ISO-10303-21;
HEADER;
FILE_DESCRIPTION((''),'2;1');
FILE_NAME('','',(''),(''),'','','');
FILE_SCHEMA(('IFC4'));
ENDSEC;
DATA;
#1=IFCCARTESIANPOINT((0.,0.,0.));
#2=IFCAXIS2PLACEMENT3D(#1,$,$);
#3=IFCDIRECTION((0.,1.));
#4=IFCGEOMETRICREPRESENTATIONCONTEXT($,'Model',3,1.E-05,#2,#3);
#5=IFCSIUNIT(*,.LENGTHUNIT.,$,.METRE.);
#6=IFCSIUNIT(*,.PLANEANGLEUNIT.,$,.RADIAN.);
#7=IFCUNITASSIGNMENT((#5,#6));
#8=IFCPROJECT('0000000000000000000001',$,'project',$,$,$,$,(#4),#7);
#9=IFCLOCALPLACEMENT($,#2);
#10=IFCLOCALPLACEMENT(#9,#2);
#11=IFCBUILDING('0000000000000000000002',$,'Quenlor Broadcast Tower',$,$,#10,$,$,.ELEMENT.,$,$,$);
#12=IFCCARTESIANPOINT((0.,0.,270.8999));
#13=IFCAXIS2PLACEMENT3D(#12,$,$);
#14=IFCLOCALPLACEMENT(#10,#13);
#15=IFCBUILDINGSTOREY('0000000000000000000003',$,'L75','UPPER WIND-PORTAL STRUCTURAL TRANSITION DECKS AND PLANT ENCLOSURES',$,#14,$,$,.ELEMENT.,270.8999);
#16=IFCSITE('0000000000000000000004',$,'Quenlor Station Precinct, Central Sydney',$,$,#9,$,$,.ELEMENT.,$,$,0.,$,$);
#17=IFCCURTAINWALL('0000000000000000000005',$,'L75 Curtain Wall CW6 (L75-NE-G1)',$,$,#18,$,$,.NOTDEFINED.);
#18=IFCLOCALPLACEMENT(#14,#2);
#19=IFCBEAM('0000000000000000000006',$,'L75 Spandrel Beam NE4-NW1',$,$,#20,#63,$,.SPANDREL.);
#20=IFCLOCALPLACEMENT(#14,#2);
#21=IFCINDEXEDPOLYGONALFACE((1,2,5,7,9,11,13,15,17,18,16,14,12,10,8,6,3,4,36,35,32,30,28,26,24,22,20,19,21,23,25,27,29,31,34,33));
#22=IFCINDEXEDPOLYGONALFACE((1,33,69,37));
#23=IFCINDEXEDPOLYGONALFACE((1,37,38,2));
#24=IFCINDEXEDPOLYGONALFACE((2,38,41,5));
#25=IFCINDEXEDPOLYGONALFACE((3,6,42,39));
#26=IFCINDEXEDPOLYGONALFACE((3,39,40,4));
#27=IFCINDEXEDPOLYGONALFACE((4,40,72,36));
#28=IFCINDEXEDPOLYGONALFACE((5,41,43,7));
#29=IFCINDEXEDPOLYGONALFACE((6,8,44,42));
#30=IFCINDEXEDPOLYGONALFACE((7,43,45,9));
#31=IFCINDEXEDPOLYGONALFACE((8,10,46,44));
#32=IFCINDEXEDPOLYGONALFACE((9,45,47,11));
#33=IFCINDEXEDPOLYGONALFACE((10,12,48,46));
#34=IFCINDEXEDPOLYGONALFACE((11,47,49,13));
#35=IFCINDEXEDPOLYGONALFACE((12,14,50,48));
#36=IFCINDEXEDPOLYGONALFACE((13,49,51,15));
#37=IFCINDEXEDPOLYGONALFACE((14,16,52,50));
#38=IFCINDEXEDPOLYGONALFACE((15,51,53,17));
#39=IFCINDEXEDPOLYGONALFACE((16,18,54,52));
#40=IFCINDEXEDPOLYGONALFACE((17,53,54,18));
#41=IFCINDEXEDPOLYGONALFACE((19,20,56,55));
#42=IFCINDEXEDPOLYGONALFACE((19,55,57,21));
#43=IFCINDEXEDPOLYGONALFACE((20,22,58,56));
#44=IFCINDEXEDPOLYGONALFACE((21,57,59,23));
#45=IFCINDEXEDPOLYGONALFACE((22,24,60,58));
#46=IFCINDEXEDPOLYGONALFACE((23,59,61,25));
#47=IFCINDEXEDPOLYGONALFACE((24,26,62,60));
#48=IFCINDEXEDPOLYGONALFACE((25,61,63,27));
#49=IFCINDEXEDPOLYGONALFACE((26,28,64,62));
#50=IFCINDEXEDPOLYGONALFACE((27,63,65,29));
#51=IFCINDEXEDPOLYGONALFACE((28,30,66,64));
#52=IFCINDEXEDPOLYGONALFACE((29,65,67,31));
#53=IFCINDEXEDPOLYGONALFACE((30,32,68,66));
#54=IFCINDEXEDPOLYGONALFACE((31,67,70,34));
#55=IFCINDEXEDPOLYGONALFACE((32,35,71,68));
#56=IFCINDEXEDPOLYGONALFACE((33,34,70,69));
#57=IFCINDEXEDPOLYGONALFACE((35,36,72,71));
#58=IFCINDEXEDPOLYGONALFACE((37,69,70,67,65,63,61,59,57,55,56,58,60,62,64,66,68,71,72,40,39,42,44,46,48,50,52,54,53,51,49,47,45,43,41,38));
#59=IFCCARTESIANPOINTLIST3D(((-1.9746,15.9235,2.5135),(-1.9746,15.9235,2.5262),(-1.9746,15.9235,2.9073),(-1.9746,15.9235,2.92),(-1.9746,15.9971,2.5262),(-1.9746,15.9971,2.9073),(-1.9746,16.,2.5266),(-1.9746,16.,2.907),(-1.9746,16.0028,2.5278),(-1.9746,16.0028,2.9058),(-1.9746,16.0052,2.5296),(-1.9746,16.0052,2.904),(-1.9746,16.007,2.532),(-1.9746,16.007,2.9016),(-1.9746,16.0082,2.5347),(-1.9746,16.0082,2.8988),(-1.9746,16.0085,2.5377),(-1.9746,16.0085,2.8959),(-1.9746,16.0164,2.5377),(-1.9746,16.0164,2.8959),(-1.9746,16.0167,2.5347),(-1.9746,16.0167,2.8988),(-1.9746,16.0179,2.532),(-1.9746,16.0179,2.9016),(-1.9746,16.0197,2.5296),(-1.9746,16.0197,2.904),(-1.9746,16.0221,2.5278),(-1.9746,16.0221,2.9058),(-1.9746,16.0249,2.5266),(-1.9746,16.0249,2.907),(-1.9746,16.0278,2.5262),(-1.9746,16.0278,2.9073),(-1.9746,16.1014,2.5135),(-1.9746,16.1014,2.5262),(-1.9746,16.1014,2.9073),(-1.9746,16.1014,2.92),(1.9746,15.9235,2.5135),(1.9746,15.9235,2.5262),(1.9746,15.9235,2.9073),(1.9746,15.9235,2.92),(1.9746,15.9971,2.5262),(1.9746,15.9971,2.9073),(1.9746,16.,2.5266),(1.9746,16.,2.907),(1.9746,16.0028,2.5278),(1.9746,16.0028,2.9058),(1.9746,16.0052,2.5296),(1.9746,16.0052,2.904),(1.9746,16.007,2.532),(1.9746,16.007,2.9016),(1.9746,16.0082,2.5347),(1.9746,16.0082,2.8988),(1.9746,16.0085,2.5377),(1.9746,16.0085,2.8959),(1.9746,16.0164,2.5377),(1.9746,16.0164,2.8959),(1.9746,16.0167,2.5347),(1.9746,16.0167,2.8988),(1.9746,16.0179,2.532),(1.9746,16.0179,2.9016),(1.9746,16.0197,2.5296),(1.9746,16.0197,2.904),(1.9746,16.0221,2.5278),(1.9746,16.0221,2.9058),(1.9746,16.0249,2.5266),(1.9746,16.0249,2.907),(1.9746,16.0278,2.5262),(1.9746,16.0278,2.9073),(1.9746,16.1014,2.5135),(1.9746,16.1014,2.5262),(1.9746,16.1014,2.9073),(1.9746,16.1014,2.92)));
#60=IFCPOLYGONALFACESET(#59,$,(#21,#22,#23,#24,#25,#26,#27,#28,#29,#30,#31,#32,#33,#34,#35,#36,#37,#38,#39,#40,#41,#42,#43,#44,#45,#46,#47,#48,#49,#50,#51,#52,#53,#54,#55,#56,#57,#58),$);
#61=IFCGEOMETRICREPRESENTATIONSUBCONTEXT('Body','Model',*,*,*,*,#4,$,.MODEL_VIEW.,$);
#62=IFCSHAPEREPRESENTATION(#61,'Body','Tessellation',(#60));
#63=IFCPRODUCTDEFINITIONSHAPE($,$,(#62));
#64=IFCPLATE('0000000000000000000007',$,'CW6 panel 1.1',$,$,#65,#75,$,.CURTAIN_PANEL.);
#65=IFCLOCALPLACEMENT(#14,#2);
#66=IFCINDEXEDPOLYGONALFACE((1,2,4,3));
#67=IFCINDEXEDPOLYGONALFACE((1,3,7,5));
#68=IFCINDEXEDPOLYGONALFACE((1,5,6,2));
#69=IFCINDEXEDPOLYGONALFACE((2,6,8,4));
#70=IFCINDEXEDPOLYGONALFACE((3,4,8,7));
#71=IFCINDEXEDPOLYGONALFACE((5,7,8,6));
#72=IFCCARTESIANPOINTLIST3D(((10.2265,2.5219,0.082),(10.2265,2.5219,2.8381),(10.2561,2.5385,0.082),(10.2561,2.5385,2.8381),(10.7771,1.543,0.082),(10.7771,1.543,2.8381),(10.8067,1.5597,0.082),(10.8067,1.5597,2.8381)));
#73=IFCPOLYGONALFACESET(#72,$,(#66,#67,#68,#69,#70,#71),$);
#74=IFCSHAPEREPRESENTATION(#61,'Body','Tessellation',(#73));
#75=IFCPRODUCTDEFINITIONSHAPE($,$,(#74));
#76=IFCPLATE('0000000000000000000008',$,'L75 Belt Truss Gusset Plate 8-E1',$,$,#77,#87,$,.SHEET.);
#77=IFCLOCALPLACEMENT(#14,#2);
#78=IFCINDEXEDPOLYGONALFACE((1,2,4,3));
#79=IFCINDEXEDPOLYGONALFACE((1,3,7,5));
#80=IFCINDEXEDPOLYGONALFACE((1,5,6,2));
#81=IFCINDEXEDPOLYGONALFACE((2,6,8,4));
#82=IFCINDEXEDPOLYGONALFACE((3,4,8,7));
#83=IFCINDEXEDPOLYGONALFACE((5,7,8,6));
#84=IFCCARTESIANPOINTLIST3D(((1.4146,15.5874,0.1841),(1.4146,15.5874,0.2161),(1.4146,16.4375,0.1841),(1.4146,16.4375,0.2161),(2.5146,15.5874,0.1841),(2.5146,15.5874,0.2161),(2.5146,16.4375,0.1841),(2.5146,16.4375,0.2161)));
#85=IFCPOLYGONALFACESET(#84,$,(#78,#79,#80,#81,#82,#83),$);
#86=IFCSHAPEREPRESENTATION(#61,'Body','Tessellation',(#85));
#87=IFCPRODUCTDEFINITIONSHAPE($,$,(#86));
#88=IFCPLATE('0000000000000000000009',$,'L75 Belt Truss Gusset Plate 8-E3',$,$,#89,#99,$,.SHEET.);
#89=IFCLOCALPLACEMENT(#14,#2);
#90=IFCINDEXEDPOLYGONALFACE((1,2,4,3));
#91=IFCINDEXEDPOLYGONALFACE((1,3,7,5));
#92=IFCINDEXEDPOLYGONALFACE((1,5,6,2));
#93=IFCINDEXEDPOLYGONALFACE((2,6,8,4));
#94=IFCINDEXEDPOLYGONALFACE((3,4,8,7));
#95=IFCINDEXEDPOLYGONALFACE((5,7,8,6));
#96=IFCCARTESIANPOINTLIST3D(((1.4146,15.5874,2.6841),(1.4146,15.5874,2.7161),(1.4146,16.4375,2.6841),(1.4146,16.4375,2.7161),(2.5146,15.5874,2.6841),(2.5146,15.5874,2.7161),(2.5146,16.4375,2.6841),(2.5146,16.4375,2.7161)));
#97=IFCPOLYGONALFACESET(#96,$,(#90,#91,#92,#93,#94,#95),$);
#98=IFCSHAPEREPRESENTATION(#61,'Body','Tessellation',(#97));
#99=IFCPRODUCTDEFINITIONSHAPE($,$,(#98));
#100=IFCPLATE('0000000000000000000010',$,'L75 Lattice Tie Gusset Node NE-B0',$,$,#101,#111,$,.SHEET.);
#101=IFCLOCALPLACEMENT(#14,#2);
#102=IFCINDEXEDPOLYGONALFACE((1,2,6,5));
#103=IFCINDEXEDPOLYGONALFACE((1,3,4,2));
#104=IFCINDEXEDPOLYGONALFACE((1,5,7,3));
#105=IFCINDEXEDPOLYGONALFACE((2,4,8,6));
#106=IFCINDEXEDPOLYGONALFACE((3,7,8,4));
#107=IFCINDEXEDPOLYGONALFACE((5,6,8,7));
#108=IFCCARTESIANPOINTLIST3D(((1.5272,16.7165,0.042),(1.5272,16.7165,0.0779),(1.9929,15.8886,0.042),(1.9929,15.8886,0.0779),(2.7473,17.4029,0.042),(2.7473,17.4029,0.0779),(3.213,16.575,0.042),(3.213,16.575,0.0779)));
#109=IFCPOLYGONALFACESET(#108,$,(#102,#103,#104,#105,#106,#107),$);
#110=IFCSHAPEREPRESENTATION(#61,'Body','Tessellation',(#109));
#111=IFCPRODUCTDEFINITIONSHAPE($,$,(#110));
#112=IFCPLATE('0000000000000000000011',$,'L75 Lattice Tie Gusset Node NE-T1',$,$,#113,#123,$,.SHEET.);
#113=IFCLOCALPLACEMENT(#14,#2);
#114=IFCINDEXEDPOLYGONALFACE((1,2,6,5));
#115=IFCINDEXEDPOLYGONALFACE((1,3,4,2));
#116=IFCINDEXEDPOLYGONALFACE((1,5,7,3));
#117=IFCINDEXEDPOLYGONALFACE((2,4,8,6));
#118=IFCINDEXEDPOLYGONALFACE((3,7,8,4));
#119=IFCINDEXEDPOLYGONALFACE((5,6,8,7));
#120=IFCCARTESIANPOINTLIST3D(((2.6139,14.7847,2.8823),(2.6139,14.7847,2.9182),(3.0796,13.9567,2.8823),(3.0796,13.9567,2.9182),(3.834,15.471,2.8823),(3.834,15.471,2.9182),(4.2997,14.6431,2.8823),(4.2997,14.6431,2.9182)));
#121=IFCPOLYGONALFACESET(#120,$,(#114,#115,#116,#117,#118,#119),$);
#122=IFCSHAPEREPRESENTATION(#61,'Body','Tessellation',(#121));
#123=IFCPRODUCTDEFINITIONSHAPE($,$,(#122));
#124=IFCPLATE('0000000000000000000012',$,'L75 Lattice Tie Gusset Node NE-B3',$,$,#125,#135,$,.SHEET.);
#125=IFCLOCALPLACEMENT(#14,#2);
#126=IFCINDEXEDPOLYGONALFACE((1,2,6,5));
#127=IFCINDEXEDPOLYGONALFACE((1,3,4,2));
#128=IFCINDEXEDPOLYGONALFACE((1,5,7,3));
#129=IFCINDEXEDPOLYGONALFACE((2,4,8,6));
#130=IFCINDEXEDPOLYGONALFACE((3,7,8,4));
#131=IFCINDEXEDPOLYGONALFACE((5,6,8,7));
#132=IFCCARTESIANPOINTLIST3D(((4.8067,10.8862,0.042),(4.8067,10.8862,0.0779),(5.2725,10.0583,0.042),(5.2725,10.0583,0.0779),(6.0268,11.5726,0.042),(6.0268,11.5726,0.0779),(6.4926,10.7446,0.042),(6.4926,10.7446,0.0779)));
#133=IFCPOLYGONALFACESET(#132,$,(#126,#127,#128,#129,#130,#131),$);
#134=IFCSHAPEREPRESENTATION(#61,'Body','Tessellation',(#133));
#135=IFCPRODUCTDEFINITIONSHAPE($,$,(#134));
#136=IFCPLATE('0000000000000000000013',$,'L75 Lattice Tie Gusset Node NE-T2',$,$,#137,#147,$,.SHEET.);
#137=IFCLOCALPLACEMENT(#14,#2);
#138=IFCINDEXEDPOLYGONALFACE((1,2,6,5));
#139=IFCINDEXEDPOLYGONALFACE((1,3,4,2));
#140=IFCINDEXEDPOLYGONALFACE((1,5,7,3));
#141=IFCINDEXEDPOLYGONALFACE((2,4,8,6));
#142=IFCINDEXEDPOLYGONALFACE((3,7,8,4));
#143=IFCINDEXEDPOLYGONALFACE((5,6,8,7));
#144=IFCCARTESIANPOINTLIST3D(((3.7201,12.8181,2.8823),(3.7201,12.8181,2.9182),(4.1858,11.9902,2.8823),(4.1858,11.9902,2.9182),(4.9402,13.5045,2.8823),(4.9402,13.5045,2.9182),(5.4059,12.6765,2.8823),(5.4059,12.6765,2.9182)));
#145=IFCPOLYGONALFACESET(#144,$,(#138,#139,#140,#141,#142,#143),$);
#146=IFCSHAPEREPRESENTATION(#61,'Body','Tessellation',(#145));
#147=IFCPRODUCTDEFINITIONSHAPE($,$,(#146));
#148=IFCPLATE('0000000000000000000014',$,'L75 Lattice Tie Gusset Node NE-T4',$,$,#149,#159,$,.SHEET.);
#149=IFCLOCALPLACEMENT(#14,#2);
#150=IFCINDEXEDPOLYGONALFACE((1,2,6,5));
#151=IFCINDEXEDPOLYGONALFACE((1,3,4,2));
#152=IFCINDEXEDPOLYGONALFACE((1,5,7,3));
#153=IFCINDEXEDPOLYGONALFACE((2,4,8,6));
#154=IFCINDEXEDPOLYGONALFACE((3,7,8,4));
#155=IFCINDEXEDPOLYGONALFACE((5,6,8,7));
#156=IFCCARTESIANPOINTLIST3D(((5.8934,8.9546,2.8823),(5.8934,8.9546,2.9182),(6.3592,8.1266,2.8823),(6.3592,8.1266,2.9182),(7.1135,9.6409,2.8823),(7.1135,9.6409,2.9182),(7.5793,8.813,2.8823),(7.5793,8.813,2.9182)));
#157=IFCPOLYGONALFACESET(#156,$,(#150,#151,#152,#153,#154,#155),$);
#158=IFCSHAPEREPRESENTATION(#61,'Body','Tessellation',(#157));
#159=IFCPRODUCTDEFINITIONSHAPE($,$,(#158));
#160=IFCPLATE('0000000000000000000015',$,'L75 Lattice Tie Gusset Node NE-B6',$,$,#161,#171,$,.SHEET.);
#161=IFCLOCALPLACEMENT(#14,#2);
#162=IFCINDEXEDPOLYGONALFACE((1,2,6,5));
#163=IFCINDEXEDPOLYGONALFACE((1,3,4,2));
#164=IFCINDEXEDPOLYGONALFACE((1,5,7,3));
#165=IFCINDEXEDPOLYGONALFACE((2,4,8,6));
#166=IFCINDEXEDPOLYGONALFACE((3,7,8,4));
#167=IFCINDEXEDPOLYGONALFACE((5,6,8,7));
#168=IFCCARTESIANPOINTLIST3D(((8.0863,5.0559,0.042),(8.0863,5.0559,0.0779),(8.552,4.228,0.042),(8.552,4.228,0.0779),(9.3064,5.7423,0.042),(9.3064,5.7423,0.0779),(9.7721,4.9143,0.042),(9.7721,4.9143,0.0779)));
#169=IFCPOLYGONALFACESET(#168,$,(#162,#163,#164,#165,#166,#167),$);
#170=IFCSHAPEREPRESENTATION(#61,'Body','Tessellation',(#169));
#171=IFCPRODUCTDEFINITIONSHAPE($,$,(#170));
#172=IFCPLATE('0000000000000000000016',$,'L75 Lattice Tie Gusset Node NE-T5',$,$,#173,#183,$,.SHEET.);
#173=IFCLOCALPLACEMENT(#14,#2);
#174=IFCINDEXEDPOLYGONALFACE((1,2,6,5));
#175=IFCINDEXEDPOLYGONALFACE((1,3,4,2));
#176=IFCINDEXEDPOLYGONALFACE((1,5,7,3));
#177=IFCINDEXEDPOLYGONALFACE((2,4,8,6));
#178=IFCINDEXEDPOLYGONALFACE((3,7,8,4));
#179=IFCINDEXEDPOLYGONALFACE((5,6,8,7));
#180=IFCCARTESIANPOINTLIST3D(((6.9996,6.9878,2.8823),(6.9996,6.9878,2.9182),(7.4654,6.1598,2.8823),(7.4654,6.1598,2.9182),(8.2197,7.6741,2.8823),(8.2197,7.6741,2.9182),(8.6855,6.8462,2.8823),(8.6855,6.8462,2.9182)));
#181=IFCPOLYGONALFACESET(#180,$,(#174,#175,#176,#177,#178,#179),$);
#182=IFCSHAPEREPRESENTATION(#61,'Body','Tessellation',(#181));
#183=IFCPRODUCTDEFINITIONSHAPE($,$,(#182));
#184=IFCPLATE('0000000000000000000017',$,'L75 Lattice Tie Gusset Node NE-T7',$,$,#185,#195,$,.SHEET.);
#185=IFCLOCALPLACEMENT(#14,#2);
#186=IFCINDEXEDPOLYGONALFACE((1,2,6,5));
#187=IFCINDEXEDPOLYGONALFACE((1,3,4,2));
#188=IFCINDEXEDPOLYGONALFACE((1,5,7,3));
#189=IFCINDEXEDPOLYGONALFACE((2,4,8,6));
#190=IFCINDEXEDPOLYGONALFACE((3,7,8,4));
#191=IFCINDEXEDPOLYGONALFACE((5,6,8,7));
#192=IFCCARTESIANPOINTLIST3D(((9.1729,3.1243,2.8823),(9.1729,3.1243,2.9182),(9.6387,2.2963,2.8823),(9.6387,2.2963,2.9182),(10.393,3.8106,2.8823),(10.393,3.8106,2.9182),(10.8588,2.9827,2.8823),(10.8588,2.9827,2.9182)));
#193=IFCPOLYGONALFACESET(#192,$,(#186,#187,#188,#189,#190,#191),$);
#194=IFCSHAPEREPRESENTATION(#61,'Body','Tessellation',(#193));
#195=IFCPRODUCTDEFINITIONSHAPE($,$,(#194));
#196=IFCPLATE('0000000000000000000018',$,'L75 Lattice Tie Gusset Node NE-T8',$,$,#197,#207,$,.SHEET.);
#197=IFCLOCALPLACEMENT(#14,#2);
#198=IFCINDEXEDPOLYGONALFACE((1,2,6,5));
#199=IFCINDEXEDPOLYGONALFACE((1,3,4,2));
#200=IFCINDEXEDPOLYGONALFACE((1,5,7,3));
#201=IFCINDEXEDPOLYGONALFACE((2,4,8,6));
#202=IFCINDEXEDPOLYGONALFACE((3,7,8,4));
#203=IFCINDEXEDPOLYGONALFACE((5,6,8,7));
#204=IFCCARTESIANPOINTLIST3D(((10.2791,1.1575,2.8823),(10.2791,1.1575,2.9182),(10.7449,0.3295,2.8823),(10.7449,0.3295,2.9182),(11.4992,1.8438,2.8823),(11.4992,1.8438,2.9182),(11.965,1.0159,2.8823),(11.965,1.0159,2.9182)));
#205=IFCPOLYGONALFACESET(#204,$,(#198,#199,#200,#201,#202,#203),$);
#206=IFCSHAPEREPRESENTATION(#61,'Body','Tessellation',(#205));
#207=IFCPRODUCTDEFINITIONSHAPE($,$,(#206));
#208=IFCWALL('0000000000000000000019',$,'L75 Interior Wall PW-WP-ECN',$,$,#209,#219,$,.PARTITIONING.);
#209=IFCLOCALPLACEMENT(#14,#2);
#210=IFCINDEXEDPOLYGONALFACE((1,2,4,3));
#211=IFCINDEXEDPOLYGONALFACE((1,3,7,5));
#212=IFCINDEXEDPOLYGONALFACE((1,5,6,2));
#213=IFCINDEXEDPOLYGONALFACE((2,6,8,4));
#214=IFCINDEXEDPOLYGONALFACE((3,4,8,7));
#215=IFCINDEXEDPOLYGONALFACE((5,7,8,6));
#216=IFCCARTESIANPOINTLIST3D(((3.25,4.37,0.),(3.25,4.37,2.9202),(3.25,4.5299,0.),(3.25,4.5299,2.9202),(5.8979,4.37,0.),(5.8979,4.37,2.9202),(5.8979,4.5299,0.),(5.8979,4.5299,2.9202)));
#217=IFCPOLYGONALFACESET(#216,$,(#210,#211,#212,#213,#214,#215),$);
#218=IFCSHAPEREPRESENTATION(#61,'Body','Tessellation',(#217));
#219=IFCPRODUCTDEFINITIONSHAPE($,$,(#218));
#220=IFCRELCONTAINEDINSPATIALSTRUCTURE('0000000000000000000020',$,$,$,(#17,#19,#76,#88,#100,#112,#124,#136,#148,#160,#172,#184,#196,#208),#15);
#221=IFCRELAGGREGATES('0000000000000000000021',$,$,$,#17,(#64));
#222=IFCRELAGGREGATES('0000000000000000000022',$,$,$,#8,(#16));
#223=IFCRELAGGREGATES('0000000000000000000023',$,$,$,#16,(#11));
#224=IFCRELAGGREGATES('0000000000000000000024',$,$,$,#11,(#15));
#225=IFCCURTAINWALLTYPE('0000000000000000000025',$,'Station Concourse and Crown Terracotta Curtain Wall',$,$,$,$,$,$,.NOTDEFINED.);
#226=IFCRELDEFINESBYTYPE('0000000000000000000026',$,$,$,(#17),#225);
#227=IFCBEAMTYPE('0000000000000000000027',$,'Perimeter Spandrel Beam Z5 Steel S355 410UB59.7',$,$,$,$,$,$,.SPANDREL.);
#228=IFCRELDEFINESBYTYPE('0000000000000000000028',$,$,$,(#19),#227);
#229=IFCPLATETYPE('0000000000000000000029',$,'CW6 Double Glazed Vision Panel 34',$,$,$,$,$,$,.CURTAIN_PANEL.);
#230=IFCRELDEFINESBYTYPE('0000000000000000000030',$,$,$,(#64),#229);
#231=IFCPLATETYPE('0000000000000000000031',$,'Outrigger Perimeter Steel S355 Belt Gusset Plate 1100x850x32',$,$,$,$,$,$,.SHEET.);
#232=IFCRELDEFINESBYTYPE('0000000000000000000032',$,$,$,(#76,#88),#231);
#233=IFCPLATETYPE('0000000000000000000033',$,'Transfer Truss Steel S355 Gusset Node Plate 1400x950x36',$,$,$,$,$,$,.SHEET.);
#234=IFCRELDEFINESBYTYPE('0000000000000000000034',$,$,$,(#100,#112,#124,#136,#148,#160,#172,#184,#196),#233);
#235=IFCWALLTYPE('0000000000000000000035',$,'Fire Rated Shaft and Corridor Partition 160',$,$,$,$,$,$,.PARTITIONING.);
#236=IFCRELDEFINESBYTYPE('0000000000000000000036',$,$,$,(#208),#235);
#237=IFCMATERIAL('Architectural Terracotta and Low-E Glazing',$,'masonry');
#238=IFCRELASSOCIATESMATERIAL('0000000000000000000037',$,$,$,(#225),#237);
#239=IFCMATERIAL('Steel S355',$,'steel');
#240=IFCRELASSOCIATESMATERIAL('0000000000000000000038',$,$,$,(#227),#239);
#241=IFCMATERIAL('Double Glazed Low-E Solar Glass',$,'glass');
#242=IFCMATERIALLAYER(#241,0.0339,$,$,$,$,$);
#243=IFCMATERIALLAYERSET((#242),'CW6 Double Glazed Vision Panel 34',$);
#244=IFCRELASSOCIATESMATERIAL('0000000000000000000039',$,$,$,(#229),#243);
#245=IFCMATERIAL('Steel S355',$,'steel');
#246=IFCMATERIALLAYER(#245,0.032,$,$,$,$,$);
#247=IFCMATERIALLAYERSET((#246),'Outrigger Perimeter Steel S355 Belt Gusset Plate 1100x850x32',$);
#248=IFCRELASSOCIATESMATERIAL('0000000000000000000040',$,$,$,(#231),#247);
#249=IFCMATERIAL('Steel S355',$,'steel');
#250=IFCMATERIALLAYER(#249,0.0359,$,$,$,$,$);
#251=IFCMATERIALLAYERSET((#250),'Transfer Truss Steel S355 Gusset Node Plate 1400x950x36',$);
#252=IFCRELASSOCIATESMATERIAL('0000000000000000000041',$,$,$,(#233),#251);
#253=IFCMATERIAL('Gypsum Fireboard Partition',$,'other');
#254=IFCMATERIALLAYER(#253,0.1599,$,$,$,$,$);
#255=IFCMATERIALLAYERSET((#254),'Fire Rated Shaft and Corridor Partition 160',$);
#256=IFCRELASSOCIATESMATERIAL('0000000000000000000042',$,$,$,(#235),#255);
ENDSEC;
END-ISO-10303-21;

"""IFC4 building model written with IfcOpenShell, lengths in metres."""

from ifc_helpers import new_model, si_unit, direction, frame, frame_2d, origin, origin_2d, place, context, subcontext, project, spatial, rectangle, i_section, extrude, material, layer, layer_set, material_profile, profile_set, type_object, element, aggregate, save


model = new_model("IFC4")

# Units and contexts
model_context = context("Model", 3, precision=1e-05, world=origin(), true_north=direction((0.0, 1.0)))
body_context = subcontext(model_context, "Body", "Model", "MODEL_VIEW")
ifc_project = project(units=[si_unit("LENGTHUNIT", "METRE"), si_unit("PLANEANGLEUNIT", "RADIAN")], contexts=[model_context])

# Site, building, storey
site_placement = place(None, origin())
site = spatial("IfcSite", under=ifc_project, at=site_placement, Name="Quenlor Station Precinct, Central Sydney", CompositionType="ELEMENT", RefElevation=0.0)
building_placement = place(site_placement, origin())
building = spatial("IfcBuilding", under=site, at=building_placement, Name="Quenlor Broadcast Tower", CompositionType="ELEMENT")
storey_placement = place(building_placement, frame((0.0, 0.0, 270.8999)))
storey = spatial("IfcBuildingStorey", under=building, at=storey_placement, Name="L75", Description="UPPER WIND-PORTAL STRUCTURAL TRANSITION DECKS AND PLANT ENCLOSURES", CompositionType="ELEMENT", Elevation=270.8999)

# Curtain wall
ifc_material_1 = material(Name="Architectural Terracotta and Low-E Glazing", Category="masonry")
curtain_wall_type = type_object("IfcCurtainWallType", Name="Station Concourse and Crown Terracotta Curtain Wall", PredefinedType="NOTDEFINED", material=ifc_material_1)
curtain_wall_placement = place(storey_placement, origin())
curtain_wall = element("IfcCurtainWall", 1, at=curtain_wall_placement, inside=storey, type_object=curtain_wall_type, Name="L75 Curtain Wall CW6 (L75-NE-G1)", PredefinedType="NOTDEFINED")

# Beam
ifc_material_2 = material(Name="Steel S355", Category="steel")
ifc_material_profile_1 = material_profile(ifc_material_2, i_section(OverallWidth=0.178, OverallDepth=0.4065, WebThickness=0.0078, FlangeThickness=0.0127, FilletRadius=0.0115, at=origin_2d()))
ifc_profile_set_1 = profile_set([ifc_material_profile_1], Name="Steel S355 410UB59.7")
beam_type_1 = type_object("IfcBeamType", Name="Perimeter Spandrel Beam Z5 Steel S355 410UB59.7", PredefinedType="SPANDREL", material=ifc_profile_set_1)
beam_1_placement = place(storey_placement, frame((1.9746, 16.0125, 2.7168), z_axis=(-1.0, 0.0, 0.0), x_axis=(0.0, -1.0, 0.0)))
element("IfcBeam", 2, at=beam_1_placement, inside=storey, type_object=beam_type_1, Name="L75 Spandrel Beam NE4-NW1", PredefinedType="SPANDREL", context=body_context, shape_type="SweptSolid", body=[
    extrude(i_section(OverallWidth=0.178, OverallDepth=0.4065, WebThickness=0.0078, FlangeThickness=0.0127, FilletRadius=0.0115, at=origin_2d()), origin(), (0.0, 0.0, 1.0), 3.9492),
])

# Plate
ifc_material_3 = material(Name="Double Glazed Low-E Solar Glass", Category="glass")
ifc_layer_1 = layer(ifc_material_3, 0.0339)
ifc_layer_set_1 = layer_set([ifc_layer_1], Name="CW6 Double Glazed Vision Panel 34")
plate_type_1 = type_object("IfcPlateType", Name="CW6 Double Glazed Vision Panel 34", PredefinedType="CURTAIN_PANEL", material=ifc_layer_set_1)
plate_placement = place(storey_placement, frame((10.5166, 2.0408, 0.082), z_axis=(0.0, 0.0, 1.0), x_axis=(0.490254, -0.87158, 0.0)))
plate = element("IfcPlate", 3, at=plate_placement, type_object=plate_type_1, Name="CW6 panel 1.1", PredefinedType="CURTAIN_PANEL", context=body_context, shape_type="SweptSolid", body=[
    extrude(rectangle(XDim=1.123, YDim=0.0339, at=origin_2d()), origin(), (0.0, 0.0, 1.0), 2.7561),
])
aggregate(curtain_wall, [plate])

# Plates
ifc_material_4 = material(Name="Steel S355", Category="steel")
ifc_layer_2 = layer(ifc_material_4, 0.032)
ifc_layer_set_2 = layer_set([ifc_layer_2], Name="Outrigger Perimeter Steel S355 Belt Gusset Plate 1100x850x32")
plate_type_2 = type_object("IfcPlateType", Name="Outrigger Perimeter Steel S355 Belt Gusset Plate 1100x850x32", PredefinedType="SHEET", material=ifc_layer_set_2)
for number, where, z_axis, x_axis, name in (
    (4, (1.9646, 16.0125, 0.1841), (0.0, 0.0, 1.0), (1.0, 0.0, 0.0), "L75 Belt Truss Gusset Plate 8-E1"),
    (5, (1.9646, 16.0125, 2.6841), (0.0, 0.0, 1.0), (1.0, 0.0, 0.0), "L75 Belt Truss Gusset Plate 8-E3"),
):
    element("IfcPlate", number, at=place(storey_placement, frame(where, z_axis=z_axis, x_axis=x_axis)), inside=storey, type_object=plate_type_2, Name=name, PredefinedType="SHEET", context=body_context, shape_type="SweptSolid", body=[
        extrude(rectangle(XDim=1.1001, YDim=0.8501, at=origin_2d()), origin(), (0.0, 0.0, 1.0), 0.032),
    ])
ifc_material_5 = material(Name="Steel S355", Category="steel")
ifc_layer_3 = layer(ifc_material_5, 0.0359)
ifc_layer_set_3 = layer_set([ifc_layer_3], Name="Transfer Truss Steel S355 Gusset Node Plate 1400x950x36")
plate_type_3 = type_object("IfcPlateType", Name="Transfer Truss Steel S355 Gusset Node Plate 1400x950x36", PredefinedType="SHEET", material=ifc_layer_set_3)
for number, where, z_axis, x_axis, name in (
    (6, (2.3701, 16.6458, 0.042), (0.0, 0.0, 1.0), (0.871556, 0.490295, 0.0), "L75 Lattice Tie Gusset Node NE-B0"),
    (7, (3.4568, 14.7139, 2.8823), (0.0, 0.0, 1.0), (0.871556, 0.490295, 0.0), "L75 Lattice Tie Gusset Node NE-T1"),
    (8, (5.6497, 10.8154, 0.042), (0.0, 0.0, 1.0), (0.871556, 0.490295, 0.0), "L75 Lattice Tie Gusset Node NE-B3"),
    (9, (4.563, 12.7473, 2.8823), (0.0, 0.0, 1.0), (0.871556, 0.490295, 0.0), "L75 Lattice Tie Gusset Node NE-T2"),
    (10, (6.7363, 8.8838, 2.8823), (0.0, 0.0, 1.0), (0.871556, 0.490295, 0.0), "L75 Lattice Tie Gusset Node NE-T4"),
    (11, (8.9292, 4.9851, 0.042), (0.0, 0.0, 1.0), (0.871556, 0.490295, 0.0), "L75 Lattice Tie Gusset Node NE-B6"),
    (12, (7.8425, 6.917, 2.8823), (0.0, 0.0, 1.0), (0.871556, 0.490295, 0.0), "L75 Lattice Tie Gusset Node NE-T5"),
    (13, (10.0159, 3.0535, 2.8823), (0.0, 0.0, 1.0), (0.871556, 0.490295, 0.0), "L75 Lattice Tie Gusset Node NE-T7"),
    (14, (11.1221, 1.0867, 2.8823), (0.0, 0.0, 1.0), (0.871556, 0.490295, 0.0), "L75 Lattice Tie Gusset Node NE-T8"),
):
    element("IfcPlate", number, at=place(storey_placement, frame(where, z_axis=z_axis, x_axis=x_axis)), inside=storey, type_object=plate_type_3, Name=name, PredefinedType="SHEET", context=body_context, shape_type="SweptSolid", body=[
        extrude(rectangle(XDim=1.3999, YDim=0.95, at=origin_2d()), origin(), (0.0, 0.0, 1.0), 0.0359),
    ])

# Wall
ifc_material_6 = material(Name="Gypsum Fireboard Partition", Category="other")
ifc_layer_4 = layer(ifc_material_6, 0.1599)
ifc_layer_set_4 = layer_set([ifc_layer_4], Name="Fire Rated Shaft and Corridor Partition 160")
wall_type_1 = type_object("IfcWallType", Name="Fire Rated Shaft and Corridor Partition 160", PredefinedType="PARTITIONING", material=ifc_layer_set_4)
wall_1_placement = place(storey_placement, frame((3.25, 4.45, 0.0), z_axis=(0.0, 0.0, 1.0), x_axis=(1.0, 0.0, 0.0)))
element("IfcWall", 15, at=wall_1_placement, inside=storey, type_object=wall_type_1, Name="L75 Interior Wall PW-WP-ECN", PredefinedType="PARTITIONING", context=body_context, shape_type="SweptSolid", body=[
    extrude(rectangle(XDim=2.6479, YDim=0.1599, at=frame_2d((1.324, 0.0))), origin(), (0.0, 0.0, 1.0), 2.9202),
])

save(model, "model.ifc")
